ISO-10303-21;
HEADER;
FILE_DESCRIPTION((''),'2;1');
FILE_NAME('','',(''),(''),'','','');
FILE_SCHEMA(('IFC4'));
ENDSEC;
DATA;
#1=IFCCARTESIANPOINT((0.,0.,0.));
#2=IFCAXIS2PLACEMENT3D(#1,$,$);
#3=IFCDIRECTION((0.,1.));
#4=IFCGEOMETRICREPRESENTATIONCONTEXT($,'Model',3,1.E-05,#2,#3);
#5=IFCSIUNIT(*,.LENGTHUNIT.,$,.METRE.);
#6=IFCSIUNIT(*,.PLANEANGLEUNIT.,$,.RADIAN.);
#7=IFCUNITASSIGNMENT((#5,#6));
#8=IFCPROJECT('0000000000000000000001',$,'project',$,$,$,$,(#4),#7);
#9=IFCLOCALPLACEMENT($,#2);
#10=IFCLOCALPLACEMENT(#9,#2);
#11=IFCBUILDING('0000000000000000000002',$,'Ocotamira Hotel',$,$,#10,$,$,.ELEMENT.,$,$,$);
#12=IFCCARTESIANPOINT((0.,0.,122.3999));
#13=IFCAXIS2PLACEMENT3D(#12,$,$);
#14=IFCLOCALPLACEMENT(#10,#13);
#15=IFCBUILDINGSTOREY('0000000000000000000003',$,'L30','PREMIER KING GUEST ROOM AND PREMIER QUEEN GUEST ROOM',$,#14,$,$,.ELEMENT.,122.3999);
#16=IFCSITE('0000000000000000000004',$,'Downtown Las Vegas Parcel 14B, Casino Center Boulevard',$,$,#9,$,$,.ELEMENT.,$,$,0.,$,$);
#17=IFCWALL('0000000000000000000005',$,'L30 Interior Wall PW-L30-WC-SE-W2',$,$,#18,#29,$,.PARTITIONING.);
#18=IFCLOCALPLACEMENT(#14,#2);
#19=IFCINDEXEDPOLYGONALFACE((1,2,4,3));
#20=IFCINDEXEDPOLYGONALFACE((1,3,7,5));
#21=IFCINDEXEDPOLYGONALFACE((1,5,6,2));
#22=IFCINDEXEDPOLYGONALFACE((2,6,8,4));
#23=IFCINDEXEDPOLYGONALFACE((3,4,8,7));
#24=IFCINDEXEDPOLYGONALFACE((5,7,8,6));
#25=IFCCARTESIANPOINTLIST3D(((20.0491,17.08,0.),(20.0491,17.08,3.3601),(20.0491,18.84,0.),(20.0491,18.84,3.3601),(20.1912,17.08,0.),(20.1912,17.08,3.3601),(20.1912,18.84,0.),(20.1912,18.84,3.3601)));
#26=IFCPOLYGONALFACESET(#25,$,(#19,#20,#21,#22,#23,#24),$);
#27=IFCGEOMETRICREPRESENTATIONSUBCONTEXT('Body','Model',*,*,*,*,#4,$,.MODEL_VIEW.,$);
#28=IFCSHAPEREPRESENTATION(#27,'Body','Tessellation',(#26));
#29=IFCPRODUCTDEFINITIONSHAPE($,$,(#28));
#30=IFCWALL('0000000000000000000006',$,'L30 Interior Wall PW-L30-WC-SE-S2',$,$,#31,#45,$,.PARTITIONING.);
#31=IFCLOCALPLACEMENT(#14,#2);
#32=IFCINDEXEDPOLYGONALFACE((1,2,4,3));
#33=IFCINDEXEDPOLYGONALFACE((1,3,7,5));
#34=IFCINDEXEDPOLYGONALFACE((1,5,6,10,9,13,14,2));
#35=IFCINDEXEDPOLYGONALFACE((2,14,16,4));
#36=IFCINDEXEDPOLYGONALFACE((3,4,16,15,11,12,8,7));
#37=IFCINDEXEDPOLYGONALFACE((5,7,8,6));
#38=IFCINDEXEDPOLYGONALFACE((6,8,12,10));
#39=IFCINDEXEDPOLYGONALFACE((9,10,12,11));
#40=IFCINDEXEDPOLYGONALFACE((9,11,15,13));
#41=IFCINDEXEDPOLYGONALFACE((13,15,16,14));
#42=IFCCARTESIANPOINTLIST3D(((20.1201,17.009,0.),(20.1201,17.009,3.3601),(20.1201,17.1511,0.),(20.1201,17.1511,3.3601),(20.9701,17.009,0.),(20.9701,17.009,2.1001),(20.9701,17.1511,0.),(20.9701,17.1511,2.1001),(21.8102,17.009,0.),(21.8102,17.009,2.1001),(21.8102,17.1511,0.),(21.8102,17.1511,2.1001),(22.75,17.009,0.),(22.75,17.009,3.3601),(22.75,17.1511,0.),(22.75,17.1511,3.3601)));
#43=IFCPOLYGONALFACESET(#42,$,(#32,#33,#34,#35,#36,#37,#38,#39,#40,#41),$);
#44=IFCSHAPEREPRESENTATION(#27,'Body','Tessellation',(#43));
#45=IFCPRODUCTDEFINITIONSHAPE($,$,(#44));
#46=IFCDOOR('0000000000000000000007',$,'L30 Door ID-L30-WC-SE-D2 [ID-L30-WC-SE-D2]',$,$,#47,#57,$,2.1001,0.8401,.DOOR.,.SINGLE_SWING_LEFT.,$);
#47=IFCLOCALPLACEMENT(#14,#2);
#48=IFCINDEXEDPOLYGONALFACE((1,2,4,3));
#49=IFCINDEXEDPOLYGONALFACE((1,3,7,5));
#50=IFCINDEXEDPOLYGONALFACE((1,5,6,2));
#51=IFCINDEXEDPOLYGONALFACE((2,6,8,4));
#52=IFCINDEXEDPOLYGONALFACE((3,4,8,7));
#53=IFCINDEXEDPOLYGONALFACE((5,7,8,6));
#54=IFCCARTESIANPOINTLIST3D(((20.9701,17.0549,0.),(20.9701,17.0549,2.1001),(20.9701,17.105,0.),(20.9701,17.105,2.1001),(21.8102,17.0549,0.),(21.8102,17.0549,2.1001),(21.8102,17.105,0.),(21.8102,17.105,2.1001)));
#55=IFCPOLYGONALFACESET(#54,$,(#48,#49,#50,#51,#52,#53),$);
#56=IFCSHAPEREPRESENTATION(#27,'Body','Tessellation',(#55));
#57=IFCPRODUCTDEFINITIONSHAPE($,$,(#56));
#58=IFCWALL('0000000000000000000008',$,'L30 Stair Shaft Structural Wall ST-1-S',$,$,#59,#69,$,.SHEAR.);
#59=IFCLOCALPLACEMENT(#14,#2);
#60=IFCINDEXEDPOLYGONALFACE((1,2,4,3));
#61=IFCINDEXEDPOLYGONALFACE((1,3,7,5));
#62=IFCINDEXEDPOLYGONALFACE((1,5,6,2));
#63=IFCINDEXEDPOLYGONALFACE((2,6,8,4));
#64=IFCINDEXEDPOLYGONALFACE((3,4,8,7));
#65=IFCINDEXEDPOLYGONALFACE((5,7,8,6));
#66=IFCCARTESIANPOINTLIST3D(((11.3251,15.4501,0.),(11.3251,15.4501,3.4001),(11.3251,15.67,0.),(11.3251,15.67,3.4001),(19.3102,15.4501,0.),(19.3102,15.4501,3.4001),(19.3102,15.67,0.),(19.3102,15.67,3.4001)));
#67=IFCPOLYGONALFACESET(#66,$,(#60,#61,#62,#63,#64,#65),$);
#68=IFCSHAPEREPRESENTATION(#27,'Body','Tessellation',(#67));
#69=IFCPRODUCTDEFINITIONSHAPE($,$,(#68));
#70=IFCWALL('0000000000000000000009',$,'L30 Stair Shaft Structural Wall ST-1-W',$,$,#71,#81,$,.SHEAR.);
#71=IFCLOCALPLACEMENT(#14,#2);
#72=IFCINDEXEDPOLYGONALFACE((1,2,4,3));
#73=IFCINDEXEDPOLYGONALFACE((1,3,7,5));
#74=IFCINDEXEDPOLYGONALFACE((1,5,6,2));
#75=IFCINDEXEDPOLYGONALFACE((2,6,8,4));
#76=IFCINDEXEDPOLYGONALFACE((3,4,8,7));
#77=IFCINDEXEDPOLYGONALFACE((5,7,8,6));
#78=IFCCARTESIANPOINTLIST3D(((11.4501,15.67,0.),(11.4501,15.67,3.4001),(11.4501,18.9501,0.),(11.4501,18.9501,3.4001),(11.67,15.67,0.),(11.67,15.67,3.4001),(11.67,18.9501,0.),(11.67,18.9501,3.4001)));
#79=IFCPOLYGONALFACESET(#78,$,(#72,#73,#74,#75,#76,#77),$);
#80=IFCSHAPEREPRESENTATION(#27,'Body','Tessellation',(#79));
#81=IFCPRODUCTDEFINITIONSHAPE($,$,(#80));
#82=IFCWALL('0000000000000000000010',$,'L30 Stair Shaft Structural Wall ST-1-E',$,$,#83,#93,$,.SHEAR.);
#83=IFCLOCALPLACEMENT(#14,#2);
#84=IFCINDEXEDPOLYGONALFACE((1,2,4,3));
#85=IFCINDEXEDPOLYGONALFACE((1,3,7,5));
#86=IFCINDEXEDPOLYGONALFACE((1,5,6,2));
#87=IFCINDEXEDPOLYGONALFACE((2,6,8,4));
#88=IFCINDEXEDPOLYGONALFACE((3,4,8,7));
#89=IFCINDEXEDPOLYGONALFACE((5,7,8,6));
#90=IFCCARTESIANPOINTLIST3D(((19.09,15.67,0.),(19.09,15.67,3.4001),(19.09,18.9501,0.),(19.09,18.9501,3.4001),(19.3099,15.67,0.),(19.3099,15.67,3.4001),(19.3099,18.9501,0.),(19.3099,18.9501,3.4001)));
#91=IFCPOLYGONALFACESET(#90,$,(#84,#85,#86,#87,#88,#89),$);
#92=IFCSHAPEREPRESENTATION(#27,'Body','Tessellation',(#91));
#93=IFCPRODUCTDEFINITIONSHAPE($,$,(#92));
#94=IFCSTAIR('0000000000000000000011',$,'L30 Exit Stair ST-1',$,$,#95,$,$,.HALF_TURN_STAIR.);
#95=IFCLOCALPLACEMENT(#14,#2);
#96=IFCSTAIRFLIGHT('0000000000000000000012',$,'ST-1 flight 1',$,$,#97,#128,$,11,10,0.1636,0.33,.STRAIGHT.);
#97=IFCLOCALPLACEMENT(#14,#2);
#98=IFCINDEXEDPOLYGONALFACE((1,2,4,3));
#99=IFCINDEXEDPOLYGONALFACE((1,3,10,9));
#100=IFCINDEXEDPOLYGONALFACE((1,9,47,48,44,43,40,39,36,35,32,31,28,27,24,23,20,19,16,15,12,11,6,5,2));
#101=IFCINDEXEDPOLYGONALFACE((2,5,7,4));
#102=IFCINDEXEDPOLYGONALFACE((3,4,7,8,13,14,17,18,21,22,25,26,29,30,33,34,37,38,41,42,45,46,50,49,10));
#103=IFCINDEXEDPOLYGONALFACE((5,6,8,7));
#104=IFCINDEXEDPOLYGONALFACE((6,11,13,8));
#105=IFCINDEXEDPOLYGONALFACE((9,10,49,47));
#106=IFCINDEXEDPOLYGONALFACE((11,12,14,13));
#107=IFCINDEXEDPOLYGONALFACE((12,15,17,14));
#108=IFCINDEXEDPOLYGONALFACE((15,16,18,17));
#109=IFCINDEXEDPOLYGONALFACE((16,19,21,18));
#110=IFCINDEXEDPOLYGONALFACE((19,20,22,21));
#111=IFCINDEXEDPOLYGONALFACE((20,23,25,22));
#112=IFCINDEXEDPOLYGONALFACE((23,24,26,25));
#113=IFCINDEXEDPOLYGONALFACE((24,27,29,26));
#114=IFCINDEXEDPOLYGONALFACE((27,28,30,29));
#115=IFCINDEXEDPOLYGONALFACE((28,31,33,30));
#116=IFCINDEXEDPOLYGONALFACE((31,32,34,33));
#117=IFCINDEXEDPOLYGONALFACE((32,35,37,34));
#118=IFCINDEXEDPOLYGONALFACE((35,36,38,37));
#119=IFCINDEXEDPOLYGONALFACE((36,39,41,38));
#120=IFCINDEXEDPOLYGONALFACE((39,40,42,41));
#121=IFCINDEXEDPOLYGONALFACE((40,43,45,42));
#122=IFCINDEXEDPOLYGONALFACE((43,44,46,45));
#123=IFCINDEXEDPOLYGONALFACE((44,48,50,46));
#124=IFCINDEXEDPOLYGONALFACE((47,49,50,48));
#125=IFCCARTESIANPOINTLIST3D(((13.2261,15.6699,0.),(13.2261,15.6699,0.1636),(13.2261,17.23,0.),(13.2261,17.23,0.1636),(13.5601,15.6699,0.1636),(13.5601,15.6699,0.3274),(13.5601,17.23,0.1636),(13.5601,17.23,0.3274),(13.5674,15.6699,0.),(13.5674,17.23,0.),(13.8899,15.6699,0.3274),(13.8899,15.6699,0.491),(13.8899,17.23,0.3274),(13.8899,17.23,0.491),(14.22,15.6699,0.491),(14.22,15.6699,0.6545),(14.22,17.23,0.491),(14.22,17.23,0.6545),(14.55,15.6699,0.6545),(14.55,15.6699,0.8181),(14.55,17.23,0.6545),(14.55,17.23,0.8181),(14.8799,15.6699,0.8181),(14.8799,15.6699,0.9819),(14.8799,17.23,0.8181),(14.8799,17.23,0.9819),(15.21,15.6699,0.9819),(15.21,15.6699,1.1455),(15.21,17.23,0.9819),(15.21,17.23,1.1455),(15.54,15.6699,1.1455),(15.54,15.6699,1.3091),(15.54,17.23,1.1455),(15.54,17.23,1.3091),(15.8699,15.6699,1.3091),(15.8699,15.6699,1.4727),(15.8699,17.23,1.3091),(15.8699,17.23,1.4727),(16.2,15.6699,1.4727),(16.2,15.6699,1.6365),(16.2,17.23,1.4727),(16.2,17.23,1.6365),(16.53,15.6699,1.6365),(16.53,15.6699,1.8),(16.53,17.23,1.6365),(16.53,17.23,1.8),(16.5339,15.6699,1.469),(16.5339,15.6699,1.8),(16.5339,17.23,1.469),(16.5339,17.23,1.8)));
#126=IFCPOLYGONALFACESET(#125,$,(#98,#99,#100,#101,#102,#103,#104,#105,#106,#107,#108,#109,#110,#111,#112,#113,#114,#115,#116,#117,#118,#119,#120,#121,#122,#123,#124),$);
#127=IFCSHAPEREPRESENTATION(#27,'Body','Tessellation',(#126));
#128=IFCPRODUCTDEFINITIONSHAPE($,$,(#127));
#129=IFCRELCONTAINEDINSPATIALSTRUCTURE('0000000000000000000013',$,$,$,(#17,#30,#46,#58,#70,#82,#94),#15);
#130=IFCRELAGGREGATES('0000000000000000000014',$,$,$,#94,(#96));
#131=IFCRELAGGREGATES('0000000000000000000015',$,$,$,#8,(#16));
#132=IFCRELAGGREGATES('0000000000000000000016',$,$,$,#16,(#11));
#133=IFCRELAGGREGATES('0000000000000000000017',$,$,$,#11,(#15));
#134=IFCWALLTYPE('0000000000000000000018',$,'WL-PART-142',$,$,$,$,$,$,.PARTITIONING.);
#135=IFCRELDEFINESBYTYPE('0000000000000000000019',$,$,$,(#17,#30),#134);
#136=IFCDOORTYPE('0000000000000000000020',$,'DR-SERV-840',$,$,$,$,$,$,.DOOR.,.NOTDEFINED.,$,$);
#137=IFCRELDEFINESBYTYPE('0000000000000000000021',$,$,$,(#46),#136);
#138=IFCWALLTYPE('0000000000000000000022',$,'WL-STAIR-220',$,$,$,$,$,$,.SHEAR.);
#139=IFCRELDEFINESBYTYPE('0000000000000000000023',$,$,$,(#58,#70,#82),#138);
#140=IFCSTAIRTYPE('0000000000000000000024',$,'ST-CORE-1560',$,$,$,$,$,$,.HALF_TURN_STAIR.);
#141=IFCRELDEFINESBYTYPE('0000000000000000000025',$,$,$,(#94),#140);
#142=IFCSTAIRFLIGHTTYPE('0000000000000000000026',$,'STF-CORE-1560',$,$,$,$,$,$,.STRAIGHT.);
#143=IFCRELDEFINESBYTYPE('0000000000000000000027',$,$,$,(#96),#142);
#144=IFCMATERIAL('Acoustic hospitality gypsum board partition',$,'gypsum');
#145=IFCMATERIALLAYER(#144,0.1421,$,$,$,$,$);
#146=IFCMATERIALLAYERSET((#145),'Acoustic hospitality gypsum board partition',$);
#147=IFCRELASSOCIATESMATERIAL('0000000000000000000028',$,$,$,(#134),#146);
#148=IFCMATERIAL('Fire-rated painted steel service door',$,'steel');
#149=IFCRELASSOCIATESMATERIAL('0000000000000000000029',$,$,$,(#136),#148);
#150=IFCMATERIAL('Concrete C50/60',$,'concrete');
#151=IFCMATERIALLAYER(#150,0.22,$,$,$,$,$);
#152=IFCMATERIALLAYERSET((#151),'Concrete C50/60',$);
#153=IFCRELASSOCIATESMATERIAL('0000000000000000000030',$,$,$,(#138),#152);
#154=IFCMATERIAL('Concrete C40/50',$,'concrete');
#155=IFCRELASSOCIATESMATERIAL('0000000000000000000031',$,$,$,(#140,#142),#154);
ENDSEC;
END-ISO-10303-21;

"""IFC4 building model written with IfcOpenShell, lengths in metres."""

from ifc_helpers import new_model, si_unit, direction, frame, frame_2d, origin, place, context, subcontext, project, spatial, polyline, rectangle, outline, extrude, source, transform, mapped, material, layer, layer_set, type_object, element, fill, aggregate, save


model = new_model("IFC4")

# Units and contexts
model_context = context("Model", 3, precision=1e-05, world=origin(), true_north=direction((0.0, 1.0)))
body_context = subcontext(model_context, "Body", "Model", "MODEL_VIEW")
ifc_project = project(units=[si_unit("LENGTHUNIT", "METRE"), si_unit("PLANEANGLEUNIT", "RADIAN")], contexts=[model_context])

# Site, building, storey
site_placement = place(None, origin())
site = spatial("IfcSite", under=ifc_project, at=site_placement, Name="Downtown Las Vegas Parcel 14B, Casino Center Boulevard", CompositionType="ELEMENT", RefElevation=0.0)
building_placement = place(site_placement, origin())
building = spatial("IfcBuilding", under=site, at=building_placement, Name="Ocotamira Hotel", CompositionType="ELEMENT")
storey_placement = place(building_placement, frame((0.0, 0.0, 122.3999)))
storey = spatial("IfcBuildingStorey", under=building, at=storey_placement, Name="L30", Description="PREMIER KING GUEST ROOM AND PREMIER QUEEN GUEST ROOM", CompositionType="ELEMENT", Elevation=122.3999)

# Wall
ifc_material_1 = material(Name="Acoustic hospitality gypsum board partition", Category="gypsum")
ifc_layer_1 = layer(ifc_material_1, 0.1421)
ifc_layer_set_1 = layer_set([ifc_layer_1], Name="Acoustic hospitality gypsum board partition")
wall_type_1 = type_object("IfcWallType", Name="WL-PART-142", PredefinedType="PARTITIONING", material=ifc_layer_set_1)
wall_1_placement = place(storey_placement, frame((20.1201, 17.0801, 0.0), z_axis=(0.0, 0.0, 1.0), x_axis=(0.0, 1.0, 0.0)))
element("IfcWall", 1, at=wall_1_placement, inside=storey, type_object=wall_type_1, Name="L30 Interior Wall PW-L30-WC-SE-W2", PredefinedType="PARTITIONING", context=body_context, shape_type="SweptSolid", body=[
    extrude(rectangle(XDim=1.76, YDim=0.1421, at=frame_2d((0.8799, 0.0))), origin(), (0.0, 0.0, 1.0), 3.3601),
])

# Wall, opening, door
wall_2_placement = place(storey_placement, frame((20.1201, 17.0801, 0.0), z_axis=(0.0, 0.0, 1.0), x_axis=(1.0, 0.0, 0.0)))
wall_2 = element("IfcWall", 2, at=wall_2_placement, inside=storey, type_object=wall_type_1, Name="L30 Interior Wall PW-L30-WC-SE-S2", PredefinedType="PARTITIONING", context=body_context, shape_type="SweptSolid", body=[
    extrude(rectangle(XDim=2.6299, YDim=0.1421, at=frame_2d((1.3149, 0.0))), origin(), (0.0, 0.0, 1.0), 3.3601),
])
opening_1_placement = place(wall_2_placement, frame((0.8501, 0.0, 0.0)))
opening_1 = element("IfcOpeningElement", 3, at=opening_1_placement, cuts=wall_2, PredefinedType="OPENING", context=body_context, shape_type="SweptSolid", body=[
    extrude(rectangle(XDim=0.8401, YDim=2.1001, at=frame_2d((0.4199, 1.05))), frame((0.0, 0.0811, 0.0), z_axis=(0.0, -1.0, 0.0), x_axis=(1.0, 0.0, 0.0)), (0.0, 0.0, 1.0), 0.1621),
])
ifc_material_2 = material(Name="Fire-rated painted steel service door", Category="steel")
door_type_1 = type_object("IfcDoorType", Name="DR-SERV-840", OperationType="NOTDEFINED", PredefinedType="DOOR", material=ifc_material_2)
shared_shape_1 = source(origin(), body_context, "Body", "SweptSolid", [
    extrude(rectangle(XDim=0.8401, YDim=2.1001, at=frame_2d((0.4199, 1.05))), frame((0.0, 0.0249, 0.0), z_axis=(0.0, -1.0, 0.0), x_axis=(1.0, 0.0, 0.0)), (0.0, 0.0, 1.0), 0.05),
])
door_1_placement = place(opening_1_placement, origin())
door_1 = element("IfcDoor", 4, at=door_1_placement, inside=storey, type_object=door_type_1, Name="L30 Door ID-L30-WC-SE-D2 [ID-L30-WC-SE-D2]", OperationType="SINGLE_SWING_LEFT", OverallHeight=2.1001, OverallWidth=0.8401, PredefinedType="DOOR", context=body_context, shape_type="MappedRepresentation", body=[
    mapped(shared_shape_1, transform((0.0, 0.0, 0.0), scale=1.0)),
])
fill(opening_1, door_1)

# Walls
ifc_material_3 = material(Name="Concrete C50/60", Category="concrete")
ifc_layer_2 = layer(ifc_material_3, 0.22)
ifc_layer_set_2 = layer_set([ifc_layer_2], Name="Concrete C50/60")
wall_type_2 = type_object("IfcWallType", Name="WL-STAIR-220", PredefinedType="SHEAR", material=ifc_layer_set_2)
wall_3_placement = place(storey_placement, frame((11.325, 15.5601, 0.0), z_axis=(0.0, 0.0, 1.0), x_axis=(1.0, 0.0, 0.0)))
element("IfcWall", 5, at=wall_3_placement, inside=storey, type_object=wall_type_2, Name="L30 Stair Shaft Structural Wall ST-1-S", PredefinedType="SHEAR", context=body_context, shape_type="SweptSolid", body=[
    extrude(rectangle(XDim=7.9851, YDim=0.22, at=frame_2d((3.9927, 0.0))), origin(), (0.0, 0.0, 1.0), 3.4001),
])
for number, where, z_axis, x_axis, name in (
    (6, (11.5601, 15.6699, 0.0), (0.0, 0.0, 1.0), (0.0, 1.0, 0.0), "L30 Stair Shaft Structural Wall ST-1-W"),
    (7, (19.2, 15.6699, 0.0), (0.0, 0.0, 1.0), (0.0, 1.0, 0.0), "L30 Stair Shaft Structural Wall ST-1-E"),
):
    element("IfcWall", number, at=place(storey_placement, frame(where, z_axis=z_axis, x_axis=x_axis)), inside=storey, type_object=wall_type_2, Name=name, PredefinedType="SHEAR", context=body_context, shape_type="SweptSolid", body=[
        extrude(rectangle(XDim=3.28, YDim=0.22, at=frame_2d((1.6401, 0.0))), origin(), (0.0, 0.0, 1.0), 3.4001),
    ])

# Stair, stair flight
ifc_material_4 = material(Name="Concrete C40/50", Category="concrete")
stair_type = type_object("IfcStairType", Name="ST-CORE-1560", PredefinedType="HALF_TURN_STAIR", material=ifc_material_4)
stair_placement = place(storey_placement, origin())
stair = element("IfcStair", 8, at=stair_placement, inside=storey, type_object=stair_type, Name="L30 Exit Stair ST-1", PredefinedType="HALF_TURN_STAIR")
stair_flight_type = type_object("IfcStairFlightType", Name="STF-CORE-1560", PredefinedType="STRAIGHT", material=ifc_material_4)
shared_shape_2 = source(origin(), body_context, "Body", "SweptSolid", [
    extrude(outline(polyline([(-0.0039, 0.0), (-0.0039, 0.1636), (0.3301, 0.1636), (0.3301, 0.3274), (0.6599, 0.3274), (0.6599, 0.491), (0.99, 0.491), (0.99, 0.6545), (1.3201, 0.6545), (1.3201, 0.8181), (1.6499, 0.8181), (1.6499, 0.9819), (1.98, 0.9819), (1.98, 1.1455), (2.3101, 1.1455), (2.3101, 1.3091), (2.6399, 1.3091), (2.6399, 1.4727), (2.97, 1.4727), (2.97, 1.6365), (3.3, 1.6365), (3.3, 1.8), (3.304, 1.8), (3.304, 1.469), (0.3374, 0.0), (-0.0039, 0.0)])), frame((0.0, 0.78, 0.0), z_axis=(0.0, -1.0, 0.0), x_axis=(1.0, 0.0, 0.0)), (0.0, 0.0, 1.0), 1.5601),
])
stair_flight_placement = place(storey_placement, frame((13.23, 16.45, 0.0), z_axis=(0.0, 0.0, 1.0), x_axis=(1.0, 0.0, 0.0)))
stair_flight = element("IfcStairFlight", 9, at=stair_flight_placement, type_object=stair_flight_type, Name="ST-1 flight 1", NumberOfRisers=11, NumberOfTreads=10, PredefinedType="STRAIGHT", RiserHeight=0.1636, TreadLength=0.33, context=body_context, shape_type="MappedRepresentation", body=[
    mapped(shared_shape_2, transform((0.0, 0.0, 0.0), scale=1.0)),
])
aggregate(stair, [stair_flight])

save(model, "model.ifc")
